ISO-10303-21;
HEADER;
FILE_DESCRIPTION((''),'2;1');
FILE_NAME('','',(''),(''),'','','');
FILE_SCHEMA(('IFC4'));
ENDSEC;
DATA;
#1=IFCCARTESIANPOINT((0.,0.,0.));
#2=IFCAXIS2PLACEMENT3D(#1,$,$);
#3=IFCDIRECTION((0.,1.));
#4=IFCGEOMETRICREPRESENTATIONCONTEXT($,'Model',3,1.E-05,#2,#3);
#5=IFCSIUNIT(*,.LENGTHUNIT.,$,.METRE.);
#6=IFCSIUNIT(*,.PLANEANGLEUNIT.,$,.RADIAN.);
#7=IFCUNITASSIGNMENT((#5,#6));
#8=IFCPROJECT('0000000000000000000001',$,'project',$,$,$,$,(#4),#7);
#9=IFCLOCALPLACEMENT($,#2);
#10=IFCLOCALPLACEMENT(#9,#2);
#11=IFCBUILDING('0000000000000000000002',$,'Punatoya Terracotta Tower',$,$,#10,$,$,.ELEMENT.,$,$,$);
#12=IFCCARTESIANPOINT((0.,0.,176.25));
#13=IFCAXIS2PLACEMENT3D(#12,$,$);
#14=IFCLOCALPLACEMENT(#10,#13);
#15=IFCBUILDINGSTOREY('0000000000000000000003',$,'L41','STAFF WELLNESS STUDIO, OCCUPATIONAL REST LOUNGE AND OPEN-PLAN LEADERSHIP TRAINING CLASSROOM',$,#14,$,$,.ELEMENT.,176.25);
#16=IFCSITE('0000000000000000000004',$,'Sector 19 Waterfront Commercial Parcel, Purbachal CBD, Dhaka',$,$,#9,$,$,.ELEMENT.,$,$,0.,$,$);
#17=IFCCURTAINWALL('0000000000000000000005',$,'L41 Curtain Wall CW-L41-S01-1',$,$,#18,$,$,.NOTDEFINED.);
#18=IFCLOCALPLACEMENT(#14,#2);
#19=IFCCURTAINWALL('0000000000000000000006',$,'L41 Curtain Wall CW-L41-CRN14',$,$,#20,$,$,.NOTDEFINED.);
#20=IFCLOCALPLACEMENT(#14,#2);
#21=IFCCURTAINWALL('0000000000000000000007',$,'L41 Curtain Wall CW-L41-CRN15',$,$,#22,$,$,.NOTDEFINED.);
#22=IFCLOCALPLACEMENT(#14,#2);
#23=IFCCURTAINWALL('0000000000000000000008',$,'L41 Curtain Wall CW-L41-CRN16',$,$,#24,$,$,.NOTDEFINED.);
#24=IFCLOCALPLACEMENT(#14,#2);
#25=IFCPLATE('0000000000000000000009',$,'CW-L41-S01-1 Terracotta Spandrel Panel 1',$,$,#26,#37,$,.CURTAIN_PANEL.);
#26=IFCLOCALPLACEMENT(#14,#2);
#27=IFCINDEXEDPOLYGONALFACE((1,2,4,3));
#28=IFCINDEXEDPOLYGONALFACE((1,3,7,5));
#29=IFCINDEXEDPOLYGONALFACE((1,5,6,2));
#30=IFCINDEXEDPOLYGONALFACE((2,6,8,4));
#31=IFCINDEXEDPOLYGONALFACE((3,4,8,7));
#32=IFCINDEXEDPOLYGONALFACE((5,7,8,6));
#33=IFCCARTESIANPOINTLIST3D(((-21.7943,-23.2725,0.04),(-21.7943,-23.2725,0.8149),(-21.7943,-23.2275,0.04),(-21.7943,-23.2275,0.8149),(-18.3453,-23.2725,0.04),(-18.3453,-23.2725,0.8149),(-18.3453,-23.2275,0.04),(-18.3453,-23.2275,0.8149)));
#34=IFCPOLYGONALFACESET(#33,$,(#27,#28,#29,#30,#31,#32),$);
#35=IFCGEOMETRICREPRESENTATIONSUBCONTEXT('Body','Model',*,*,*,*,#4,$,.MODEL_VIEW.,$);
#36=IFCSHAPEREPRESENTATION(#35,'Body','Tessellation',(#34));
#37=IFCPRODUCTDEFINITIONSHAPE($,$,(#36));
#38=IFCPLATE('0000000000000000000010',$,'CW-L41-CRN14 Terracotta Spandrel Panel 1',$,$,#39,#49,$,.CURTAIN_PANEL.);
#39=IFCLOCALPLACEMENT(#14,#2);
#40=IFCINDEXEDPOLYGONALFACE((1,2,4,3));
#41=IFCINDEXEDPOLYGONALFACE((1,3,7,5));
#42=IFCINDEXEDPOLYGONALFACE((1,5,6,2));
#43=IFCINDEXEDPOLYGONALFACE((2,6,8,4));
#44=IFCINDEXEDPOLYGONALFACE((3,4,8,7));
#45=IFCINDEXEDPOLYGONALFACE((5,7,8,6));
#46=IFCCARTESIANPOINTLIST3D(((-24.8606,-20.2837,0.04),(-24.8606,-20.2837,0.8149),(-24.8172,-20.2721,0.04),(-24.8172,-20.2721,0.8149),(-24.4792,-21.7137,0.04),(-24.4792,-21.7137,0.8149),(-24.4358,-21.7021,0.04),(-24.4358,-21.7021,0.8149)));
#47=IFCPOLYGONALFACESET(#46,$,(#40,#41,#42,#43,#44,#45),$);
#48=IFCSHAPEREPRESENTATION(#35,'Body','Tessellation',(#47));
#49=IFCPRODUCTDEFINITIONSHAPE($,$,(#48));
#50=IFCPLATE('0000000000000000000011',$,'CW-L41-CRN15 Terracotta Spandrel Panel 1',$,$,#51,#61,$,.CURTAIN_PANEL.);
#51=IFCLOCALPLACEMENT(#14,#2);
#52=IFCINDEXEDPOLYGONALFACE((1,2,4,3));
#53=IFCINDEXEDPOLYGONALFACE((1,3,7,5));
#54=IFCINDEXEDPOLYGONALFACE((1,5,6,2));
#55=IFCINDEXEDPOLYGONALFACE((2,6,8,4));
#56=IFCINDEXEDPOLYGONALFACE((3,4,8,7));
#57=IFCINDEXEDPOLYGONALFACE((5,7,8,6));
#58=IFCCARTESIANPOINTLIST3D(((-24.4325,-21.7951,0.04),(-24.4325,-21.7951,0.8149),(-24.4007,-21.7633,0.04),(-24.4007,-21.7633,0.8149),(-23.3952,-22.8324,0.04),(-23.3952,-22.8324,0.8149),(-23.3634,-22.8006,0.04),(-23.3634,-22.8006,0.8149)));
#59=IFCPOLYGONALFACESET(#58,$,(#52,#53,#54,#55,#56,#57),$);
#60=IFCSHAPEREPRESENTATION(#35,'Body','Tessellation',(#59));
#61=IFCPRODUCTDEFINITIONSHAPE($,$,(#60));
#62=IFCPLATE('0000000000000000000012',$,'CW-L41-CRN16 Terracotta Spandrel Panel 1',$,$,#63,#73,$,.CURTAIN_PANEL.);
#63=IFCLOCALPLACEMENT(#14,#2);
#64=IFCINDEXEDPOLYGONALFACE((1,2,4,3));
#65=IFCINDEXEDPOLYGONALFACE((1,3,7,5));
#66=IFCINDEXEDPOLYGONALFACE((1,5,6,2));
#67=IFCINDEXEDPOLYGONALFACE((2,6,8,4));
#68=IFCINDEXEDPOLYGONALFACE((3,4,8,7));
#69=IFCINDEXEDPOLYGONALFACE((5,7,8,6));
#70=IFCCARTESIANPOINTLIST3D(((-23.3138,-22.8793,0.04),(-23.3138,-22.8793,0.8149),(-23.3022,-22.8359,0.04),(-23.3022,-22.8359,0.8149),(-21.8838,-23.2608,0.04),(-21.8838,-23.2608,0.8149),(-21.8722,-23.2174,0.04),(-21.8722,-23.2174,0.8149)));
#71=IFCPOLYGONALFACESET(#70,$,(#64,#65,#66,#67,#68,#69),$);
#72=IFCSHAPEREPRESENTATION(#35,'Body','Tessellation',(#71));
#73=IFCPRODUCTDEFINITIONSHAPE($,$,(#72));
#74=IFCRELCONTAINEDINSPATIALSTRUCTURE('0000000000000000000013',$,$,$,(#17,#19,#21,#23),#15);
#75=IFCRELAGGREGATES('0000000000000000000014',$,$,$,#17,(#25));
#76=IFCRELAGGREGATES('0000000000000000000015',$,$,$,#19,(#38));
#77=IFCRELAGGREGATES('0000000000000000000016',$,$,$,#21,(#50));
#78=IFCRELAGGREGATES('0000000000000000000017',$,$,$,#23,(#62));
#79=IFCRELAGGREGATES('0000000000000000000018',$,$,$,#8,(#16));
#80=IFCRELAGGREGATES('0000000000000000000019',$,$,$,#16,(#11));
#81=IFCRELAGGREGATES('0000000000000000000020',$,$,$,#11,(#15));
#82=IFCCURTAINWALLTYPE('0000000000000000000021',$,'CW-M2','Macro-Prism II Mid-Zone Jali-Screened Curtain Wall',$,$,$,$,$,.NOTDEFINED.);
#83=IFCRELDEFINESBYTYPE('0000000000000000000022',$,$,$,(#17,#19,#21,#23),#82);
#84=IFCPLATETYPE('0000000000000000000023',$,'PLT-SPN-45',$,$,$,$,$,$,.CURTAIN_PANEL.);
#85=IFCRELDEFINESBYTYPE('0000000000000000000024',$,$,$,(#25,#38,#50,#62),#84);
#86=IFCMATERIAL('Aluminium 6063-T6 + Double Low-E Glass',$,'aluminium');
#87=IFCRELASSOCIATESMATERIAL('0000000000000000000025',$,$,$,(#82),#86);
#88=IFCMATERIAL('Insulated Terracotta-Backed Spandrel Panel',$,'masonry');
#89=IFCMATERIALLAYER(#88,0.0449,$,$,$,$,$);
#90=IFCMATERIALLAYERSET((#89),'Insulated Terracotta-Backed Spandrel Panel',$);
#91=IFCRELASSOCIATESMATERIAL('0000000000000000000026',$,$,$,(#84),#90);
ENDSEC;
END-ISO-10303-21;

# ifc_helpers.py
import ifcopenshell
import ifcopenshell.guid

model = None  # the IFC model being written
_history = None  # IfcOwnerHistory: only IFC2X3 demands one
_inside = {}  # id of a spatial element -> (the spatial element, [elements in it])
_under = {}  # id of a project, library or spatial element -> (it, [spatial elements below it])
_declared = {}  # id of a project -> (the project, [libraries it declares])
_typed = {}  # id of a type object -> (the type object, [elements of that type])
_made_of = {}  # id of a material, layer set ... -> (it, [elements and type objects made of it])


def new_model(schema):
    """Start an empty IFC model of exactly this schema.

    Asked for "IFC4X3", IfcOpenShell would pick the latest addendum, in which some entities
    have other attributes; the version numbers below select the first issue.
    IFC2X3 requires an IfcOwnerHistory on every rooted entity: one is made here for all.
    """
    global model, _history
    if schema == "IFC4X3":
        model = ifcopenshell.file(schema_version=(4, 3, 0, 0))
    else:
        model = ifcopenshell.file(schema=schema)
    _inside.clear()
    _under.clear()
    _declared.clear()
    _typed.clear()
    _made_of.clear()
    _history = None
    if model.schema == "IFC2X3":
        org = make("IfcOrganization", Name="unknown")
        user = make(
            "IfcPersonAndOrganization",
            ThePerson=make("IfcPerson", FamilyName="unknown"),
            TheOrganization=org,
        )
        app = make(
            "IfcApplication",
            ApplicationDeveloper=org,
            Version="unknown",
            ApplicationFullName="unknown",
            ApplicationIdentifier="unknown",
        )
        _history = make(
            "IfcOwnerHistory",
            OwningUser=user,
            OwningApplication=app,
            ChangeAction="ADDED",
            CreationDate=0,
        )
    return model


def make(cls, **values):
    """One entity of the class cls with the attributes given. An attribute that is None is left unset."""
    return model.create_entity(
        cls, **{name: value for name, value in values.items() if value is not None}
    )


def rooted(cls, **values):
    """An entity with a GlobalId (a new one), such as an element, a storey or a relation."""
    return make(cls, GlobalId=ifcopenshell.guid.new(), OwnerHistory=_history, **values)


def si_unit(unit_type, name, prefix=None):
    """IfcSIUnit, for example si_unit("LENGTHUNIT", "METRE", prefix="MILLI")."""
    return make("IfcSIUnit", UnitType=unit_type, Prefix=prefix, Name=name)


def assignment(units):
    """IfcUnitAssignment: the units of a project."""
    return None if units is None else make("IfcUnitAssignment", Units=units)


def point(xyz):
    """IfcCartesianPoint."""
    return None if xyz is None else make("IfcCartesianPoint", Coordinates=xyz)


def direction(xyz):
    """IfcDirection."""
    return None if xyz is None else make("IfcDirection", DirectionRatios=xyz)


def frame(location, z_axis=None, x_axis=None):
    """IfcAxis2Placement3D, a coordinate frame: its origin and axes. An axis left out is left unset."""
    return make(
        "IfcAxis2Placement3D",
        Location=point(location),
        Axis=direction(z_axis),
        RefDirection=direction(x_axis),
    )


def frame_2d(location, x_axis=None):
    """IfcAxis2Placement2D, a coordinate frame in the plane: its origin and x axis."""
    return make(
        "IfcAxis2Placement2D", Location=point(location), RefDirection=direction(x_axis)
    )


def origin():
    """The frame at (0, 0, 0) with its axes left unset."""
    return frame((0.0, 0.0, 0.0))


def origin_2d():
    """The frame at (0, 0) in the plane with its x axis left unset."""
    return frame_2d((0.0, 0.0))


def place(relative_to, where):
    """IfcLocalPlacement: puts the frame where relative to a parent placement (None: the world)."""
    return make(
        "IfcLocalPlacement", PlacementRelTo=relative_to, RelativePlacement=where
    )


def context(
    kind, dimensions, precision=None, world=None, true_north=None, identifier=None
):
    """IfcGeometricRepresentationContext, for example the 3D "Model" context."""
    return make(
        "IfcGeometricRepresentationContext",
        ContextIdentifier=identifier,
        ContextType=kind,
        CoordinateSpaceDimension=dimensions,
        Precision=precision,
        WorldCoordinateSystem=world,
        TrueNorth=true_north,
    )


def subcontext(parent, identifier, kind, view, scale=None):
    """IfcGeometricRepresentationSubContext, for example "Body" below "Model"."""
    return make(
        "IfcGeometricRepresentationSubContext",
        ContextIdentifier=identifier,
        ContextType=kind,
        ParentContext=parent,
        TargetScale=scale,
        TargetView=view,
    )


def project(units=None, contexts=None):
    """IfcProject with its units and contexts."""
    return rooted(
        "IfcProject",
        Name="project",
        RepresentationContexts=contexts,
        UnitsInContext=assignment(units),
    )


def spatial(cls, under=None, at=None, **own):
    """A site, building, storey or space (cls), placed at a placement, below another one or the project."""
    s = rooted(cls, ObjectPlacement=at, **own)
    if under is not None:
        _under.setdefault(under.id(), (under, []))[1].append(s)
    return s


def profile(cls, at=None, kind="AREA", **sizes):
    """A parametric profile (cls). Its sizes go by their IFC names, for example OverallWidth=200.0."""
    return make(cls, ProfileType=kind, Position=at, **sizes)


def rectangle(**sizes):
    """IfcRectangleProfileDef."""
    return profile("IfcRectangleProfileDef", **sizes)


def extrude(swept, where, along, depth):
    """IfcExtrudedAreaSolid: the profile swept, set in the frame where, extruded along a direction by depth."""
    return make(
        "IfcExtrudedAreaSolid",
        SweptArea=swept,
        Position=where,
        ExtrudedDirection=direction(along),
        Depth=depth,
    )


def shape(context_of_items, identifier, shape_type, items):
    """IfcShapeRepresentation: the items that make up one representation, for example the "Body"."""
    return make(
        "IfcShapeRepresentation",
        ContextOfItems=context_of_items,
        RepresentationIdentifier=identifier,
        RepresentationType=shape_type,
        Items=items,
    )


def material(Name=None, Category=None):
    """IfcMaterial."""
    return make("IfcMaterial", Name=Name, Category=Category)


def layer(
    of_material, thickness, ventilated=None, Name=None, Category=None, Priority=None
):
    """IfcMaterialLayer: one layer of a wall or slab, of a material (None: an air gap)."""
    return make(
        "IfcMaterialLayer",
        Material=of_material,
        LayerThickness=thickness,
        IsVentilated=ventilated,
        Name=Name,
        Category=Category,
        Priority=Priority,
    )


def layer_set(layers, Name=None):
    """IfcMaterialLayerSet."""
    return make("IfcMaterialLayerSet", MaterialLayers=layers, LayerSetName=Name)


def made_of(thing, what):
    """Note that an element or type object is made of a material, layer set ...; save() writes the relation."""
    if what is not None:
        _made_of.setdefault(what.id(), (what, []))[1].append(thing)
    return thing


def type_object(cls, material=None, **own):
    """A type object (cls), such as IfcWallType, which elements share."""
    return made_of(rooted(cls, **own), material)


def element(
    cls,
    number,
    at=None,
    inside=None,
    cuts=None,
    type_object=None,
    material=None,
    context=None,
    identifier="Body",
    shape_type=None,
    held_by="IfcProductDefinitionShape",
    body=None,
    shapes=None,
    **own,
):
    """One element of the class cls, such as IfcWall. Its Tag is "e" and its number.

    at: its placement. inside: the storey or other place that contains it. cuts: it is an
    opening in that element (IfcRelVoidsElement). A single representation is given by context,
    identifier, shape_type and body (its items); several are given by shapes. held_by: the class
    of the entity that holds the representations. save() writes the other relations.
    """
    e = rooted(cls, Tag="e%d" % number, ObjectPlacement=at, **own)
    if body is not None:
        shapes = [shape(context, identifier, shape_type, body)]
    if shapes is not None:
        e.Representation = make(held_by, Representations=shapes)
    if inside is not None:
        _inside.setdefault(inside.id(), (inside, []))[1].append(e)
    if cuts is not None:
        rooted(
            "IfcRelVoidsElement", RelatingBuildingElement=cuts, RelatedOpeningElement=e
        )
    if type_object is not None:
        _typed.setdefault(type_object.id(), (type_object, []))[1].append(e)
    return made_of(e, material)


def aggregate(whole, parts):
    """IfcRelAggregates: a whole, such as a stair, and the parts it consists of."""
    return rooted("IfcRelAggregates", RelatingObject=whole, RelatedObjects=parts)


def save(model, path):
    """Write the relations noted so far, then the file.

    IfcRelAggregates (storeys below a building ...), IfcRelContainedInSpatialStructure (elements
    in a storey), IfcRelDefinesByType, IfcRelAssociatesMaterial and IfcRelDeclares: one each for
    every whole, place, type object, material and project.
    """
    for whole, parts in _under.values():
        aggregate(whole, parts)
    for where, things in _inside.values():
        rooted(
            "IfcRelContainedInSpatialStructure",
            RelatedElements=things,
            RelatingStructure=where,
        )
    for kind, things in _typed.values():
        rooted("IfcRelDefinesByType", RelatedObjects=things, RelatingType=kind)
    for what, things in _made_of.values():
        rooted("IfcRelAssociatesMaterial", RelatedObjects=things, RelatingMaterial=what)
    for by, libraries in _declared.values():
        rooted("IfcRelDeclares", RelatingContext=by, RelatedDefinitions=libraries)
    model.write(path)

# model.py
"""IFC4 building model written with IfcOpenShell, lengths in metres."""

from ifc_helpers import new_model, si_unit, direction, frame, origin, origin_2d, place, context, subcontext, project, spatial, rectangle, extrude, material, layer, layer_set, type_object, element, aggregate, save


model = new_model("IFC4")

# Units and contexts
model_context = context("Model", 3, precision=1e-05, world=origin(), true_north=direction((0.0, 1.0)))
body_context = subcontext(model_context, "Body", "Model", "MODEL_VIEW")
ifc_project = project(units=[si_unit("LENGTHUNIT", "METRE"), si_unit("PLANEANGLEUNIT", "RADIAN")], contexts=[model_context])

# Site, building, storey
site_placement = place(None, origin())
site = spatial("IfcSite", under=ifc_project, at=site_placement, Name="Sector 19 Waterfront Commercial Parcel, Purbachal CBD, Dhaka", CompositionType="ELEMENT", RefElevation=0.0)
building_placement = place(site_placement, origin())
building = spatial("IfcBuilding", under=site, at=building_placement, Name="Punatoya Terracotta Tower", CompositionType="ELEMENT")
storey_placement = place(building_placement, frame((0.0, 0.0, 176.25)))
storey = spatial("IfcBuildingStorey", under=building, at=storey_placement, Name="L41", Description="STAFF WELLNESS STUDIO, OCCUPATIONAL REST LOUNGE AND OPEN-PLAN LEADERSHIP TRAINING CLASSROOM", CompositionType="ELEMENT", Elevation=176.25)

# Curtain wall
ifc_material_1 = material(Name="Aluminium 6063-T6 + Double Low-E Glass", Category="aluminium")
curtain_wall_type = type_object("IfcCurtainWallType", Name="CW-M2", Description="Macro-Prism II Mid-Zone Jali-Screened Curtain Wall", PredefinedType="NOTDEFINED", material=ifc_material_1)
curtain_wall_1_placement = place(storey_placement, origin())
curtain_wall_1 = element("IfcCurtainWall", 1, at=curtain_wall_1_placement, inside=storey, type_object=curtain_wall_type, Name="L41 Curtain Wall CW-L41-S01-1", PredefinedType="NOTDEFINED")

# Curtain walls
curtain_wall_2_placement = place(storey_placement, origin())
curtain_wall_2 = element("IfcCurtainWall", 2, at=curtain_wall_2_placement, inside=storey, type_object=curtain_wall_type, Name="L41 Curtain Wall CW-L41-CRN14", PredefinedType="NOTDEFINED")
curtain_wall_3_placement = place(storey_placement, origin())
curtain_wall_3 = element("IfcCurtainWall", 3, at=curtain_wall_3_placement, inside=storey, type_object=curtain_wall_type, Name="L41 Curtain Wall CW-L41-CRN15", PredefinedType="NOTDEFINED")
curtain_wall_4_placement = place(storey_placement, origin())
curtain_wall_4 = element("IfcCurtainWall", 4, at=curtain_wall_4_placement, inside=storey, type_object=curtain_wall_type, Name="L41 Curtain Wall CW-L41-CRN16", PredefinedType="NOTDEFINED")

# Plates
ifc_material_2 = material(Name="Insulated Terracotta-Backed Spandrel Panel", Category="masonry")
ifc_layer_1 = layer(ifc_material_2, 0.0449)
ifc_layer_set_1 = layer_set([ifc_layer_1], Name="Insulated Terracotta-Backed Spandrel Panel")
plate_type_1 = type_object("IfcPlateType", Name="PLT-SPN-45", PredefinedType="CURTAIN_PANEL", material=ifc_layer_set_1)
plate_1_placement = place(storey_placement, frame((-20.0698, -23.25, 0.04), z_axis=(0.0, 0.0, 1.0), x_axis=(1.0, 0.0, 0.0)))
plate_1 = element("IfcPlate", 5, at=plate_1_placement, type_object=plate_type_1, Name="CW-L41-S01-1 Terracotta Spandrel Panel 1", PredefinedType="CURTAIN_PANEL", context=body_context, shape_type="SweptSolid", body=[
    extrude(rectangle(XDim=3.449, YDim=0.0449, at=origin_2d()), origin(), (0.0, 0.0, 1.0), 0.7749),
])
aggregate(curtain_wall_1, [plate_1])
plate_2_placement = place(storey_placement, frame((-24.6482, -20.9929, 0.04), z_axis=(0.0, 0.0, 1.0), x_axis=(0.257742, -0.966214, 0.0)))
plate_2 = element("IfcPlate", 6, at=plate_2_placement, type_object=plate_type_1, Name="CW-L41-CRN14 Terracotta Spandrel Panel 1", PredefinedType="CURTAIN_PANEL", context=body_context, shape_type="SweptSolid", body=[
    extrude(rectangle(XDim=1.48, YDim=0.0449, at=origin_2d()), origin(), (0.0, 0.0, 1.0), 0.7749),
])
aggregate(curtain_wall_2, [plate_2])
plate_3_placement = place(storey_placement, frame((-23.8979, -22.2979, 0.04), z_axis=(0.0, 0.0, 1.0), x_axis=(0.707107, -0.707107, 0.0)))
plate_3 = element("IfcPlate", 7, at=plate_3_placement, type_object=plate_type_1, Name="CW-L41-CRN15 Terracotta Spandrel Panel 1", PredefinedType="CURTAIN_PANEL", context=body_context, shape_type="SweptSolid", body=[
    extrude(rectangle(XDim=1.467, YDim=0.0449, at=origin_2d()), origin(), (0.0, 0.0, 1.0), 0.7749),
])
aggregate(curtain_wall_3, [plate_3])
plate_4_placement = place(storey_placement, frame((-22.593, -23.0483, 0.04), z_axis=(0.0, 0.0, 1.0), x_axis=(0.966214, -0.257742, 0.0)))
plate_4 = element("IfcPlate", 8, at=plate_4_placement, type_object=plate_type_1, Name="CW-L41-CRN16 Terracotta Spandrel Panel 1", PredefinedType="CURTAIN_PANEL", context=body_context, shape_type="SweptSolid", body=[
    extrude(rectangle(XDim=1.48, YDim=0.0449, at=origin_2d()), origin(), (0.0, 0.0, 1.0), 0.7749),
])
aggregate(curtain_wall_4, [plate_4])

save(model, "model.ifc")
